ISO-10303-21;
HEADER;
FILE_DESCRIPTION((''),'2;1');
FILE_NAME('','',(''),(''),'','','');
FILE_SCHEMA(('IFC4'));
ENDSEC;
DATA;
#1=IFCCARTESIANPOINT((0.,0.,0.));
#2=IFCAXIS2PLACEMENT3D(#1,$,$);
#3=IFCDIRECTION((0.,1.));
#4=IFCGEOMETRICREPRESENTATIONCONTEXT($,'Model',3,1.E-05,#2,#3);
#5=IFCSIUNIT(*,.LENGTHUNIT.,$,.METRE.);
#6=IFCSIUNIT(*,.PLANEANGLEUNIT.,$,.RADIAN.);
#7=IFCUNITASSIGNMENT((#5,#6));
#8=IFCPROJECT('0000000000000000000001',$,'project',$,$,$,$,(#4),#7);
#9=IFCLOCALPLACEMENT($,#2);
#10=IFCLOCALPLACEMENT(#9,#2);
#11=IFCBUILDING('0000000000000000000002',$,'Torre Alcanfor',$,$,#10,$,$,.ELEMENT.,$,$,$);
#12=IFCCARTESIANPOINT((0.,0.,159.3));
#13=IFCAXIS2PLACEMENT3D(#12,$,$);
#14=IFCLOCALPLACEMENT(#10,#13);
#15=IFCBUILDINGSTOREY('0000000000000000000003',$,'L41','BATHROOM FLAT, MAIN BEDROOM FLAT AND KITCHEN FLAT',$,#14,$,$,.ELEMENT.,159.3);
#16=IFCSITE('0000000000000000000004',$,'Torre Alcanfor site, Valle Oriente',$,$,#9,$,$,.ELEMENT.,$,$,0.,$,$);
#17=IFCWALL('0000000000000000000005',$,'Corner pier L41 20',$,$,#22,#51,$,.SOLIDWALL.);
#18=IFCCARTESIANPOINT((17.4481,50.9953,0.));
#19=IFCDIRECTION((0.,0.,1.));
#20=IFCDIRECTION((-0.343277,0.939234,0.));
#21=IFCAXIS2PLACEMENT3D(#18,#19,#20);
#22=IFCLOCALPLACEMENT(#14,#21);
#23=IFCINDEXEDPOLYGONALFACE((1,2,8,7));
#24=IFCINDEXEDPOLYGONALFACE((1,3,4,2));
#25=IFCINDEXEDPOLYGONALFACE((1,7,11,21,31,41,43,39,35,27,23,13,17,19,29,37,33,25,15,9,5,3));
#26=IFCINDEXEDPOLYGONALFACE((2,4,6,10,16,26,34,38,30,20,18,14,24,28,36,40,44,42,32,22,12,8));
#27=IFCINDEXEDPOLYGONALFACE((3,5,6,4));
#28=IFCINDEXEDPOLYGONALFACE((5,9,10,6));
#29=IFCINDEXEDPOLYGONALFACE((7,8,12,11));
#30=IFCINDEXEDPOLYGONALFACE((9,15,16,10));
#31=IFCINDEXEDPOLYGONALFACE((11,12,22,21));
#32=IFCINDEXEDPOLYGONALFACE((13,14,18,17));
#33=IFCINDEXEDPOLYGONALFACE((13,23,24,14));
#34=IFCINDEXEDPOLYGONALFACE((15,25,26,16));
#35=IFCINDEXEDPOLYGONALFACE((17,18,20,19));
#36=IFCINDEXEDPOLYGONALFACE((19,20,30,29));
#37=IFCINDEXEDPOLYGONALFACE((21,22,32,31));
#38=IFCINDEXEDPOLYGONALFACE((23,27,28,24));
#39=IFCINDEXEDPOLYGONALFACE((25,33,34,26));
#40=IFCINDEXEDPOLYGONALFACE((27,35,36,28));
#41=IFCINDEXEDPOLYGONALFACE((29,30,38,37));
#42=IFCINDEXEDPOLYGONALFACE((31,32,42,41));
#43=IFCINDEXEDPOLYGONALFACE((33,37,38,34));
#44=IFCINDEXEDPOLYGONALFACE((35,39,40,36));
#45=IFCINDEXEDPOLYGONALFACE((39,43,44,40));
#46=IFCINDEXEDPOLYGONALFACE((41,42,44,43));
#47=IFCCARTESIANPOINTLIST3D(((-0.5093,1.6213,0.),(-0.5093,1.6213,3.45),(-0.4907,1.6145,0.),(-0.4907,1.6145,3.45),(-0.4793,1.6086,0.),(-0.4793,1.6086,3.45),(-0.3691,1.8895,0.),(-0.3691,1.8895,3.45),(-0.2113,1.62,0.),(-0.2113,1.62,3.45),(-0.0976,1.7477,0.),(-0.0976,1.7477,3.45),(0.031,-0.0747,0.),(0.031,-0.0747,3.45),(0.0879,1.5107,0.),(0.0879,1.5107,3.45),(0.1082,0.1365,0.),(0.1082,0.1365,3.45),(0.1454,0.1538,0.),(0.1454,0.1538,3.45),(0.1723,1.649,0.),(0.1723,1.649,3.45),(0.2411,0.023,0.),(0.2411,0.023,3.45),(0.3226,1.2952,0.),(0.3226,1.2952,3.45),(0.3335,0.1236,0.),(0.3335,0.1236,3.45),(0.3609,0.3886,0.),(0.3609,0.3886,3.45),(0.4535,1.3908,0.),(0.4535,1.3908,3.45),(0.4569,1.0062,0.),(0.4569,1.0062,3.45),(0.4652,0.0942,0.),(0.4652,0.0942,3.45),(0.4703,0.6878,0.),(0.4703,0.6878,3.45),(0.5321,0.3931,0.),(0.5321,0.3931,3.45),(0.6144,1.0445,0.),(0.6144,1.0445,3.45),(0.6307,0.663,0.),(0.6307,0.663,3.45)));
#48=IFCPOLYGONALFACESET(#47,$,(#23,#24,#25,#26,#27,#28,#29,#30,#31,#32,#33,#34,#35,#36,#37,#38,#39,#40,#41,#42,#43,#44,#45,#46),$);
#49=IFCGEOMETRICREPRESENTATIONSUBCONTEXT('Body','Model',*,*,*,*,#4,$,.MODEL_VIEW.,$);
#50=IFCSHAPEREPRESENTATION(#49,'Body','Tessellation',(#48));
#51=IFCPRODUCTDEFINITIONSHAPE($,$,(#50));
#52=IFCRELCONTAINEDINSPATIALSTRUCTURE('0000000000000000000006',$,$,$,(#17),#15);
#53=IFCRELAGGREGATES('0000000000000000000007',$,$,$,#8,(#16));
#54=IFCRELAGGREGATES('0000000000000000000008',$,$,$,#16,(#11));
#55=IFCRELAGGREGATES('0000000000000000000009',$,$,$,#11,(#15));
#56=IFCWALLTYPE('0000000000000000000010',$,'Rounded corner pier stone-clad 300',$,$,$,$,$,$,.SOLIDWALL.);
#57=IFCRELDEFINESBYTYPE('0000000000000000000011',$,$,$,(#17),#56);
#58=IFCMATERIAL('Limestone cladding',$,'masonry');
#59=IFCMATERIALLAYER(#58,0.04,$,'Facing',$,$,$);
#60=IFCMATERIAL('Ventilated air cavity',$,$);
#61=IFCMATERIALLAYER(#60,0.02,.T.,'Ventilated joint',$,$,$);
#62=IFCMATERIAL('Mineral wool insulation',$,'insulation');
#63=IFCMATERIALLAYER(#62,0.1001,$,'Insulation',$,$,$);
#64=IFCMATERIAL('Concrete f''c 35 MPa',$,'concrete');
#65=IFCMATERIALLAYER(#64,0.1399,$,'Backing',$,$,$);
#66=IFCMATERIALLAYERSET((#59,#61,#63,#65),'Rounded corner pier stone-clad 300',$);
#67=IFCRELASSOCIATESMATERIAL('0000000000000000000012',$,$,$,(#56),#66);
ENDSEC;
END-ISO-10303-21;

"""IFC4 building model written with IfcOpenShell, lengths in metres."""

from ifc_helpers import new_model, si_unit, direction, frame, origin, place, context, subcontext, project, spatial, polyline, outline, extrude, material, layer, layer_set, type_object, element, save


model = new_model("IFC4")

# Units and contexts
model_context = context("Model", 3, precision=1e-05, world=origin(), true_north=direction((0.0, 1.0)))
body_context = subcontext(model_context, "Body", "Model", "MODEL_VIEW")
ifc_project = project(units=[si_unit("LENGTHUNIT", "METRE"), si_unit("PLANEANGLEUNIT", "RADIAN")], contexts=[model_context])

# Site, building, storey
site_placement = place(None, origin())
site = spatial("IfcSite", under=ifc_project, at=site_placement, Name="Torre Alcanfor site, Valle Oriente", CompositionType="ELEMENT", RefElevation=0.0)
building_placement = place(site_placement, origin())
building = spatial("IfcBuilding", under=site, at=building_placement, Name="Torre Alcanfor", CompositionType="ELEMENT")
storey_placement = place(building_placement, frame((0.0, 0.0, 159.3)))
storey = spatial("IfcBuildingStorey", under=building, at=storey_placement, Name="L41", Description="BATHROOM FLAT, MAIN BEDROOM FLAT AND KITCHEN FLAT", CompositionType="ELEMENT", Elevation=159.3)

# Shared definitions
ifc_material_1 = material(Name="Limestone cladding", Category="masonry")
ifc_material_2 = material(Name="Ventilated air cavity")
ifc_material_3 = material(Name="Mineral wool insulation", Category="insulation")
ifc_material_4 = material(Name="Concrete f'c 35 MPa", Category="concrete")

# Wall
ifc_layer_1 = layer(ifc_material_1, 0.04, Name="Facing")
ifc_layer_2 = layer(ifc_material_2, 0.02, ventilated=True, Name="Ventilated joint")
ifc_layer_3 = layer(ifc_material_3, 0.1001, Name="Insulation")
ifc_layer_4 = layer(ifc_material_4, 0.1399, Name="Backing")
ifc_layer_set_1 = layer_set([ifc_layer_1, ifc_layer_2, ifc_layer_3, ifc_layer_4], Name="Rounded corner pier stone-clad 300")
wall_type_1 = type_object("IfcWallType", Name="Rounded corner pier stone-clad 300", PredefinedType="SOLIDWALL", material=ifc_layer_set_1)
wall_1_placement = place(storey_placement, frame((17.4481, 50.9953, 0.0), z_axis=(0.0, 0.0, 1.0), x_axis=(-0.343277, 0.939234, 0.0)))
element("IfcWall", 1, at=wall_1_placement, inside=storey, type_object=wall_type_1, Name="Corner pier L41 20", PredefinedType="SOLIDWALL", context=body_context, shape_type="SweptSolid", body=[
    extrude(outline(polyline([(0.2411, 0.023), (0.3335, 0.1236), (0.4652, 0.0942), (0.5321, 0.3931), (0.6307, 0.663), (0.6144, 1.0445), (0.4535, 1.3908), (0.1723, 1.649), (-0.0976, 1.7477), (-0.3691, 1.8895), (-0.5093, 1.6213), (-0.4907, 1.6145), (-0.4793, 1.6086), (-0.2113, 1.62), (0.0879, 1.5107), (0.3226, 1.2952), (0.4569, 1.0062), (0.4703, 0.6878), (0.3609, 0.3886), (0.1454, 0.1538), (0.1082, 0.1365), (0.031, -0.0747), (0.2411, 0.023)])), origin(), (0.0, 0.0, 1.0), 3.45),
])

save(model, "model.ifc")
